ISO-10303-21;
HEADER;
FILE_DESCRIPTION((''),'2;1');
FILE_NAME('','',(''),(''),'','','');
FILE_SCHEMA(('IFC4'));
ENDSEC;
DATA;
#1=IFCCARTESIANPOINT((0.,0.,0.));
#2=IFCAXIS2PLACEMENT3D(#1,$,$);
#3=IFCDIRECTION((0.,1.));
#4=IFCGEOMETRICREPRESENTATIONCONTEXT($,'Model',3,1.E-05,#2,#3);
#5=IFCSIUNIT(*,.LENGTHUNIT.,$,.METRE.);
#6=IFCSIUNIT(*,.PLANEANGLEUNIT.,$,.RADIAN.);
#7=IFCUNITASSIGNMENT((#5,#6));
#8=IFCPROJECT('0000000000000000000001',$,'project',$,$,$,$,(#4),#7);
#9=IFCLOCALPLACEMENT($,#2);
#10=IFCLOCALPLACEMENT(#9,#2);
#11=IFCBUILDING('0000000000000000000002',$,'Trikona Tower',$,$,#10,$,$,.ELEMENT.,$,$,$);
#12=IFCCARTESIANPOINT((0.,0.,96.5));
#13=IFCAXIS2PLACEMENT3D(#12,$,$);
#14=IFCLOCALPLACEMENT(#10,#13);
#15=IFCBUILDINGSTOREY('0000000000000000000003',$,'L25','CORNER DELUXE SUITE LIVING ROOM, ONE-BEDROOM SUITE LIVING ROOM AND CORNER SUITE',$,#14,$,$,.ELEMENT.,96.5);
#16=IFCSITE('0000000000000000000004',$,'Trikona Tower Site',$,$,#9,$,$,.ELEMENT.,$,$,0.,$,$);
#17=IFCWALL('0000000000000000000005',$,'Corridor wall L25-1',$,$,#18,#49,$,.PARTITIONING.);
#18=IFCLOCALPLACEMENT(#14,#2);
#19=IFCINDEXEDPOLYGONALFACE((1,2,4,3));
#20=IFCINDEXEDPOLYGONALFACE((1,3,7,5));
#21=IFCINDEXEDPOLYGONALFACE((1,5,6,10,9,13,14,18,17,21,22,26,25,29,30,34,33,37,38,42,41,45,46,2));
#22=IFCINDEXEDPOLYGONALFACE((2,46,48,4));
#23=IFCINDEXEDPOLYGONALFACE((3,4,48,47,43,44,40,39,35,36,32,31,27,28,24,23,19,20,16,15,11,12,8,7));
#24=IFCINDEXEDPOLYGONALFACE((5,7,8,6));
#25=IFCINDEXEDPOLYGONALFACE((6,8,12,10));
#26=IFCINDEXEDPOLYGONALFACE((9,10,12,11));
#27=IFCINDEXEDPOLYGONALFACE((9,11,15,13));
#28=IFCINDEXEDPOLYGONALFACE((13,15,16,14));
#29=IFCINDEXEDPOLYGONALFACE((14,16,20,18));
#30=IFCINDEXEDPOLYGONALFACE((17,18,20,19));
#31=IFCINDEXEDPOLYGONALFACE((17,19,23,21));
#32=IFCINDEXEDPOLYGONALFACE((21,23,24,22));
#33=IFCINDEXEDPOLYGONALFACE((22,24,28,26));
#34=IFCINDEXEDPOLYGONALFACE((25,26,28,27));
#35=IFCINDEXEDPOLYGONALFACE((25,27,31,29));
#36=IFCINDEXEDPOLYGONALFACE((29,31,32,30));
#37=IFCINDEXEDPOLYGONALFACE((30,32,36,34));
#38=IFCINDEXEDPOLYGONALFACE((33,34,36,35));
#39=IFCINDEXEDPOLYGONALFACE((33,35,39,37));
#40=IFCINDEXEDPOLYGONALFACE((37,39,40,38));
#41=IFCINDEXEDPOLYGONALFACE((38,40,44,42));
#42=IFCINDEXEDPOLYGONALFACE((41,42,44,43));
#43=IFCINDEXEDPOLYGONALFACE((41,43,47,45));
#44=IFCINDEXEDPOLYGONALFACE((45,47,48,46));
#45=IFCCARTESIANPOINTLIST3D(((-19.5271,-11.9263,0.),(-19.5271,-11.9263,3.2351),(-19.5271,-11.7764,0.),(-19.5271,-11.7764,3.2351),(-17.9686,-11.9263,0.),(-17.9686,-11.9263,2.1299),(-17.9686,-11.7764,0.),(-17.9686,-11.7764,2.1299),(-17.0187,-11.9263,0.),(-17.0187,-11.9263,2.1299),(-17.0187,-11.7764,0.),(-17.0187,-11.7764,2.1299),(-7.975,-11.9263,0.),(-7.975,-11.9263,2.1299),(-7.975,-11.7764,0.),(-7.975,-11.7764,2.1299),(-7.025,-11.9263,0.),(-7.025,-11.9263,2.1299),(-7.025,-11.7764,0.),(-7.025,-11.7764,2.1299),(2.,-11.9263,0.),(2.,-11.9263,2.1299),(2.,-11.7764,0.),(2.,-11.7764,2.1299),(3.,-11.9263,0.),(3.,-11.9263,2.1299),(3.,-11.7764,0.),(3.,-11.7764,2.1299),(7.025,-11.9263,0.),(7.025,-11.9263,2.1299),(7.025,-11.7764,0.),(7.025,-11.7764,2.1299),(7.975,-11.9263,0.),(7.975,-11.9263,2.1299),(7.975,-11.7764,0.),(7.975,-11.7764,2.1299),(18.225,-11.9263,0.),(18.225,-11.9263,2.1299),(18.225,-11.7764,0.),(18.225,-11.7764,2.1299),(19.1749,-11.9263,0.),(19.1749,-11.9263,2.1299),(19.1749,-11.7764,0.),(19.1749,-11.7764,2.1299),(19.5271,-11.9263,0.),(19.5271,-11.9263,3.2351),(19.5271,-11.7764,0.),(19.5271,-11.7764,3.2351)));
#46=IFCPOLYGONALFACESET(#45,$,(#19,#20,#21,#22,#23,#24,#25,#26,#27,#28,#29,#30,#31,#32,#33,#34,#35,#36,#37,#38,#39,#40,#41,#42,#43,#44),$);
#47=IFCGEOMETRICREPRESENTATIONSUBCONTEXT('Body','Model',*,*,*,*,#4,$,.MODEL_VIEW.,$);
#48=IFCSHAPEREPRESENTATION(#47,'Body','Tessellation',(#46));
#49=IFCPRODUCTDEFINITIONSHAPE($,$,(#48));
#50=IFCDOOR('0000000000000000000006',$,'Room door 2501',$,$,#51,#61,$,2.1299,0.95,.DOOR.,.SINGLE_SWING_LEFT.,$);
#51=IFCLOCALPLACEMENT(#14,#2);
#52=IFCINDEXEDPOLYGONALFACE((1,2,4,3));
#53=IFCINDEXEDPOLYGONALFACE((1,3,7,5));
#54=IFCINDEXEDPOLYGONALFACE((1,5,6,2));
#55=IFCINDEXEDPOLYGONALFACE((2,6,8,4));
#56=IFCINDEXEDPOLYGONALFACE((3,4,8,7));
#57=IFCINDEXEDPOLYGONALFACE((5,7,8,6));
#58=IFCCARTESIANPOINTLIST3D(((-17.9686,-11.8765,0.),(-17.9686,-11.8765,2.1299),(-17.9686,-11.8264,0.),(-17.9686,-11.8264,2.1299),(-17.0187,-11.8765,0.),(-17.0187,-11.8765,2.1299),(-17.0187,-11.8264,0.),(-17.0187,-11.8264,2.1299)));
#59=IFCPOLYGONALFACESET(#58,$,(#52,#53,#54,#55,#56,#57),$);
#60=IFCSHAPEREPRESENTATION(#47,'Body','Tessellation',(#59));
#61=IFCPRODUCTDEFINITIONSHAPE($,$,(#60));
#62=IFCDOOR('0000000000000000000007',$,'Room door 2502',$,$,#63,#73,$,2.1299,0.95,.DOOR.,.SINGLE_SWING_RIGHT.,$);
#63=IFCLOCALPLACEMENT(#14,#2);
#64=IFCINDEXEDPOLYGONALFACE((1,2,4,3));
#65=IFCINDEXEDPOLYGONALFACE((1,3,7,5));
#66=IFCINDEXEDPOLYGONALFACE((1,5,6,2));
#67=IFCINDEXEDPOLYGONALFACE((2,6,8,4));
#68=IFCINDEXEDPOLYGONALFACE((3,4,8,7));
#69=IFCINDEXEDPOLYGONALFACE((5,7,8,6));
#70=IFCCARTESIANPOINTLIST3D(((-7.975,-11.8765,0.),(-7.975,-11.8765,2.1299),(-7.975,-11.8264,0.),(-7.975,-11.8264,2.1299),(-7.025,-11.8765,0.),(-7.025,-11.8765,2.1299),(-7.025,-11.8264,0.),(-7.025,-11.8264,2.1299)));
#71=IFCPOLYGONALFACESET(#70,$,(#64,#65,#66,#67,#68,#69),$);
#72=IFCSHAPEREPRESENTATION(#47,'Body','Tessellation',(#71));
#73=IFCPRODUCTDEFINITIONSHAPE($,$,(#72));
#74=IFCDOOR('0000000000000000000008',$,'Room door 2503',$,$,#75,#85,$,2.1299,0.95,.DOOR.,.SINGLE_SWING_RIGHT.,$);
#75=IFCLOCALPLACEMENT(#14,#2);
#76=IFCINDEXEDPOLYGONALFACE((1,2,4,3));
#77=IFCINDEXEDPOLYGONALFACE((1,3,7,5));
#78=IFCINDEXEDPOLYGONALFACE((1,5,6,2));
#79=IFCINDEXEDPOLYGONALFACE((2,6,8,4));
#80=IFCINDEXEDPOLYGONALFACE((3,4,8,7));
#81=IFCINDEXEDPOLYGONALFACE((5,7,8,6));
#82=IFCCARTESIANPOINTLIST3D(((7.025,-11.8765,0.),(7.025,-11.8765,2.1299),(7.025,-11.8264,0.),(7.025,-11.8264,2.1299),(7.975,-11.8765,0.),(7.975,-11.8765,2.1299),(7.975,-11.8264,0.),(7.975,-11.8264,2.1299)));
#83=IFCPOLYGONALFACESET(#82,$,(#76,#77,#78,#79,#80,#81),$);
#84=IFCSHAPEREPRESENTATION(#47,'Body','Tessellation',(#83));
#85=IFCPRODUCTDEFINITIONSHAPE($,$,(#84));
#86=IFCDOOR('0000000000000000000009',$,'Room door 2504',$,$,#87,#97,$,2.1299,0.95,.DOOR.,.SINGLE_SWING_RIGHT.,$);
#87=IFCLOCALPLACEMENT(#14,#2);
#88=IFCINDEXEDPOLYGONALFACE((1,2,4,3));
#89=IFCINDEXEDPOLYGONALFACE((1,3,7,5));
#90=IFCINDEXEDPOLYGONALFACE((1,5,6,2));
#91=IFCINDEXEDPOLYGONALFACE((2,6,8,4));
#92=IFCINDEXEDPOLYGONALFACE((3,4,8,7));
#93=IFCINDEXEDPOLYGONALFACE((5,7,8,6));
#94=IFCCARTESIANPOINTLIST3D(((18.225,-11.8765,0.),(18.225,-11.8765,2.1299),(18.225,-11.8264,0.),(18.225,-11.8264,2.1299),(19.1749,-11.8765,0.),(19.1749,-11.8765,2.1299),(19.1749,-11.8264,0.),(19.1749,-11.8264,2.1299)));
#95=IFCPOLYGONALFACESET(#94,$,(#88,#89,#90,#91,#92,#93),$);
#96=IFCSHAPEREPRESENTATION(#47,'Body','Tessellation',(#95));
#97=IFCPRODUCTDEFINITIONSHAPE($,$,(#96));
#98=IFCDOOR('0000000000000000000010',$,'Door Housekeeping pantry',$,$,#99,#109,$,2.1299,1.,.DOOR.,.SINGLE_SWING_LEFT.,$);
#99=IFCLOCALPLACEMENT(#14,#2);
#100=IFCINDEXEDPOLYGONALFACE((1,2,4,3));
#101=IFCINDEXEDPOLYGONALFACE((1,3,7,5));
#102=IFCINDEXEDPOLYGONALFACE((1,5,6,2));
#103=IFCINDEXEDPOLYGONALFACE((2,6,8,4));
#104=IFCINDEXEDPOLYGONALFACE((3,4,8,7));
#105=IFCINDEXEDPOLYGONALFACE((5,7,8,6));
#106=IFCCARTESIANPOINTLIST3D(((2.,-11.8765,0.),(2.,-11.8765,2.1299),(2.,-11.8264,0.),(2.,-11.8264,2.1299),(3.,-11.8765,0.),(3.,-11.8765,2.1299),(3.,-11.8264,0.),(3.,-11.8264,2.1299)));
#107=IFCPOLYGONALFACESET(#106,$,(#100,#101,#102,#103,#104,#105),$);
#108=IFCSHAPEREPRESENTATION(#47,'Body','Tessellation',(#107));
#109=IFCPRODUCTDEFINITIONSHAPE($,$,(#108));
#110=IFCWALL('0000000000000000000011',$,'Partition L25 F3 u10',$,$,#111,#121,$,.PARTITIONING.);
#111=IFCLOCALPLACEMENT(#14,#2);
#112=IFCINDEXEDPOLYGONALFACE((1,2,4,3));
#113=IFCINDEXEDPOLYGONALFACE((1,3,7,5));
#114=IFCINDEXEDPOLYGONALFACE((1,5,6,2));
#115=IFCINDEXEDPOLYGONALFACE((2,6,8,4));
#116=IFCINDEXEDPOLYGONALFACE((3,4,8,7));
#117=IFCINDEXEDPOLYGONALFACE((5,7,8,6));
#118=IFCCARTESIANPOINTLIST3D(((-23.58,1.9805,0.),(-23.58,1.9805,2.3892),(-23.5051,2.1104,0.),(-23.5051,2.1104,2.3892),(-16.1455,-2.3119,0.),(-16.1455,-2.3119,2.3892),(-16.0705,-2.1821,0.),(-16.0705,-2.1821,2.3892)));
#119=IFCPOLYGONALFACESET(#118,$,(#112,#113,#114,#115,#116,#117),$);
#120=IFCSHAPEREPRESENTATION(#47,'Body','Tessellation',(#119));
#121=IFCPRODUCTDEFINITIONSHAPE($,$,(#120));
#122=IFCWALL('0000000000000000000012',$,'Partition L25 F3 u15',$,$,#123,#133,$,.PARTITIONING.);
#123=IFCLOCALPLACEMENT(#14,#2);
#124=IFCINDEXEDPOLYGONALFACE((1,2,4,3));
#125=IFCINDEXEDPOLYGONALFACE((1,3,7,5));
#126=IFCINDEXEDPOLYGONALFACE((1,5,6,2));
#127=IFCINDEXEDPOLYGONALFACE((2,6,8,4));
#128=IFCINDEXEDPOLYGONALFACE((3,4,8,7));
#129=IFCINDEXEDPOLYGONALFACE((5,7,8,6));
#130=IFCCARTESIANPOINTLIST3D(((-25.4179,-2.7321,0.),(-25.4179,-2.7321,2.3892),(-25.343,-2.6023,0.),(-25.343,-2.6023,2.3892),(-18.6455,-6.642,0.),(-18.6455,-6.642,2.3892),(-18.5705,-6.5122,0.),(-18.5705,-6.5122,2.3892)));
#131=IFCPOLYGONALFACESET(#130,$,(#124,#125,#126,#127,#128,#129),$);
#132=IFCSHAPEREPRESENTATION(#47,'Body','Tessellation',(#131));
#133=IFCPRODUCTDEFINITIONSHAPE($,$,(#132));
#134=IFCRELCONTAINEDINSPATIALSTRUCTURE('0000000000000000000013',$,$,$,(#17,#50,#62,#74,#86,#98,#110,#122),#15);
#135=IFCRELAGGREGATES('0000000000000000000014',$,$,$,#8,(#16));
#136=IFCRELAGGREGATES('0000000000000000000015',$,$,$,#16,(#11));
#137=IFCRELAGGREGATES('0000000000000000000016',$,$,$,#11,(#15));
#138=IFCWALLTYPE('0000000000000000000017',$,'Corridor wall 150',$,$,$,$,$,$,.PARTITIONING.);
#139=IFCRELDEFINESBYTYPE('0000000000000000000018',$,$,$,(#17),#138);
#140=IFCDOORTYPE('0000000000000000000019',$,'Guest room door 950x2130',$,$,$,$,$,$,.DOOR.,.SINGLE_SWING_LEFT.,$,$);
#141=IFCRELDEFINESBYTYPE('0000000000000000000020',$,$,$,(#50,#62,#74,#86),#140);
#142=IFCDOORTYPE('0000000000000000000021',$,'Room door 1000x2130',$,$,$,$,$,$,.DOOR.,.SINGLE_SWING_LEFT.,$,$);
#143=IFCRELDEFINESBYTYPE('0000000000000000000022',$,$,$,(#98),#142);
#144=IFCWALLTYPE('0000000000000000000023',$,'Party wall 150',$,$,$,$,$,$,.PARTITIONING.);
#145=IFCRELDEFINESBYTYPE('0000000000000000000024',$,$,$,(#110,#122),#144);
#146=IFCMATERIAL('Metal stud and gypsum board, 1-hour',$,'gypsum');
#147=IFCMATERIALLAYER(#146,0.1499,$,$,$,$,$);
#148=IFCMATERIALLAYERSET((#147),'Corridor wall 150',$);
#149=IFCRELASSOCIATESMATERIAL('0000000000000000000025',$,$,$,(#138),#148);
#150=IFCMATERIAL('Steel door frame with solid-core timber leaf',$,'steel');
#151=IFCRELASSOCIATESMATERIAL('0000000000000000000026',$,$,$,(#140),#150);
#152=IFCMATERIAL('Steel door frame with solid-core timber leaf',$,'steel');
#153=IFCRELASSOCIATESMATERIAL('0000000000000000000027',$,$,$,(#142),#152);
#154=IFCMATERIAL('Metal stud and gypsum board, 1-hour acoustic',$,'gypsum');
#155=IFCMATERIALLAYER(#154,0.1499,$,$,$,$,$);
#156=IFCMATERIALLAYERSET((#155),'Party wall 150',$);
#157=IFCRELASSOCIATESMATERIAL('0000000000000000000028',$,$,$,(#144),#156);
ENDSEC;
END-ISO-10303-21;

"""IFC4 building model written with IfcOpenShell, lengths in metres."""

from ifc_helpers import new_model, si_unit, direction, frame, frame_2d, origin, place, context, subcontext, project, spatial, rectangle, extrude, material, layer, layer_set, type_object, element, fill, save


model = new_model("IFC4")

# Units and contexts
model_context = context("Model", 3, precision=1e-05, world=origin(), true_north=direction((0.0, 1.0)))
body_context = subcontext(model_context, "Body", "Model", "MODEL_VIEW")
ifc_project = project(units=[si_unit("LENGTHUNIT", "METRE"), si_unit("PLANEANGLEUNIT", "RADIAN")], contexts=[model_context])

# Site, building, storey
site_placement = place(None, origin())
site = spatial("IfcSite", under=ifc_project, at=site_placement, Name="Trikona Tower Site", CompositionType="ELEMENT", RefElevation=0.0)
building_placement = place(site_placement, origin())
building = spatial("IfcBuilding", under=site, at=building_placement, Name="Trikona Tower", CompositionType="ELEMENT")
storey_placement = place(building_placement, frame((0.0, 0.0, 96.5)))
storey = spatial("IfcBuildingStorey", under=building, at=storey_placement, Name="L25", Description="CORNER DELUXE SUITE LIVING ROOM, ONE-BEDROOM SUITE LIVING ROOM AND CORNER SUITE", CompositionType="ELEMENT", Elevation=96.5)

# Wall, openings, doors
ifc_material_1 = material(Name="Metal stud and gypsum board, 1-hour", Category="gypsum")
ifc_layer_1 = layer(ifc_material_1, 0.1499)
ifc_layer_set_1 = layer_set([ifc_layer_1], Name="Corridor wall 150")
wall_type_1 = type_object("IfcWallType", Name="Corridor wall 150", PredefinedType="PARTITIONING", material=ifc_layer_set_1)
wall_1_placement = place(storey_placement, frame((-19.5271, -11.8513, 0.0), z_axis=(0.0, 0.0, 1.0), x_axis=(1.0, 0.0, 0.0)))
wall_1 = element("IfcWall", 1, at=wall_1_placement, inside=storey, type_object=wall_type_1, Name="Corridor wall L25-1", PredefinedType="PARTITIONING", context=body_context, shape_type="SweptSolid", body=[
    extrude(rectangle(XDim=39.0542, YDim=0.1499, at=frame_2d((19.5271, 0.0))), origin(), (0.0, 0.0, 1.0), 3.2351),
])
opening_1_placement = place(wall_1_placement, frame((1.5583, 0.0, 0.0)))
opening_1 = element("IfcOpeningElement", 2, at=opening_1_placement, cuts=wall_1, PredefinedType="OPENING", context=body_context, shape_type="SweptSolid", body=[
    extrude(rectangle(XDim=0.95, YDim=2.1299, at=frame_2d((0.4751, 1.0649))), frame((0.0, 0.085, 0.0), z_axis=(0.0, -1.0, 0.0), x_axis=(1.0, 0.0, 0.0)), (0.0, 0.0, 1.0), 0.1699),
])
opening_2_placement = place(wall_1_placement, frame((11.552, 0.0, 0.0)))
opening_2 = element("IfcOpeningElement", 3, at=opening_2_placement, cuts=wall_1, PredefinedType="OPENING", context=body_context, shape_type="SweptSolid", body=[
    extrude(rectangle(XDim=0.95, YDim=2.1299, at=frame_2d((0.4751, 1.0649))), frame((0.0, 0.085, 0.0), z_axis=(0.0, -1.0, 0.0), x_axis=(1.0, 0.0, 0.0)), (0.0, 0.0, 1.0), 0.1699),
])
opening_3_placement = place(wall_1_placement, frame((21.5271, 0.0, 0.0)))
opening_3 = element("IfcOpeningElement", 4, at=opening_3_placement, cuts=wall_1, PredefinedType="OPENING", context=body_context, shape_type="SweptSolid", body=[
    extrude(rectangle(XDim=1.0, YDim=2.1299, at=frame_2d((0.5, 1.0649))), frame((0.0, 0.085, 0.0), z_axis=(0.0, -1.0, 0.0), x_axis=(1.0, 0.0, 0.0)), (0.0, 0.0, 1.0), 0.1699),
])
opening_4_placement = place(wall_1_placement, frame((26.552, 0.0, 0.0)))
opening_4 = element("IfcOpeningElement", 5, at=opening_4_placement, cuts=wall_1, PredefinedType="OPENING", context=body_context, shape_type="SweptSolid", body=[
    extrude(rectangle(XDim=0.95, YDim=2.1299, at=frame_2d((0.4751, 1.0649))), frame((0.0, 0.085, 0.0), z_axis=(0.0, -1.0, 0.0), x_axis=(1.0, 0.0, 0.0)), (0.0, 0.0, 1.0), 0.1699),
])
opening_5_placement = place(wall_1_placement, frame((37.752, 0.0, 0.0)))
opening_5 = element("IfcOpeningElement", 6, at=opening_5_placement, cuts=wall_1, PredefinedType="OPENING", context=body_context, shape_type="SweptSolid", body=[
    extrude(rectangle(XDim=0.95, YDim=2.1299, at=frame_2d((0.4751, 1.0649))), frame((0.0, 0.085, 0.0), z_axis=(0.0, -1.0, 0.0), x_axis=(1.0, 0.0, 0.0)), (0.0, 0.0, 1.0), 0.1699),
])
ifc_material_2 = material(Name="Steel door frame with solid-core timber leaf", Category="steel")
door_type_1 = type_object("IfcDoorType", Name="Guest room door 950x2130", OperationType="SINGLE_SWING_LEFT", PredefinedType="DOOR", material=ifc_material_2)
door_1_placement = place(opening_1_placement, origin())
door_1 = element("IfcDoor", 7, at=door_1_placement, inside=storey, type_object=door_type_1, Name="Room door 2501", OperationType="SINGLE_SWING_LEFT", OverallHeight=2.1299, OverallWidth=0.95, PredefinedType="DOOR", context=body_context, shape_type="SweptSolid", body=[
    extrude(rectangle(XDim=0.95, YDim=2.1299, at=frame_2d((0.4751, 1.0649))), frame((0.0, 0.0249, 0.0), z_axis=(0.0, -1.0, 0.0), x_axis=(1.0, 0.0, 0.0)), (0.0, 0.0, 1.0), 0.05),
])
fill(opening_1, door_1)
door_2_placement = place(opening_2_placement, origin())
door_2 = element("IfcDoor", 8, at=door_2_placement, inside=storey, type_object=door_type_1, Name="Room door 2502", OperationType="SINGLE_SWING_RIGHT", OverallHeight=2.1299, OverallWidth=0.95, PredefinedType="DOOR", context=body_context, shape_type="SweptSolid", body=[
    extrude(rectangle(XDim=0.95, YDim=2.1299, at=frame_2d((0.4751, 1.0649))), frame((0.0, 0.0249, 0.0), z_axis=(0.0, -1.0, 0.0), x_axis=(1.0, 0.0, 0.0)), (0.0, 0.0, 1.0), 0.05),
])
fill(opening_2, door_2)
door_3_placement = place(opening_4_placement, origin())
door_3 = element("IfcDoor", 9, at=door_3_placement, inside=storey, type_object=door_type_1, Name="Room door 2503", OperationType="SINGLE_SWING_RIGHT", OverallHeight=2.1299, OverallWidth=0.95, PredefinedType="DOOR", context=body_context, shape_type="SweptSolid", body=[
    extrude(rectangle(XDim=0.95, YDim=2.1299, at=frame_2d((0.4751, 1.0649))), frame((0.0, 0.0249, 0.0), z_axis=(0.0, -1.0, 0.0), x_axis=(1.0, 0.0, 0.0)), (0.0, 0.0, 1.0), 0.05),
])
fill(opening_4, door_3)
door_4_placement = place(opening_5_placement, origin())
door_4 = element("IfcDoor", 10, at=door_4_placement, inside=storey, type_object=door_type_1, Name="Room door 2504", OperationType="SINGLE_SWING_RIGHT", OverallHeight=2.1299, OverallWidth=0.95, PredefinedType="DOOR", context=body_context, shape_type="SweptSolid", body=[
    extrude(rectangle(XDim=0.95, YDim=2.1299, at=frame_2d((0.4751, 1.0649))), frame((0.0, 0.0249, 0.0), z_axis=(0.0, -1.0, 0.0), x_axis=(1.0, 0.0, 0.0)), (0.0, 0.0, 1.0), 0.05),
])
fill(opening_5, door_4)
ifc_material_3 = material(Name="Steel door frame with solid-core timber leaf", Category="steel")
door_type_2 = type_object("IfcDoorType", Name="Room door 1000x2130", OperationType="SINGLE_SWING_LEFT", PredefinedType="DOOR", material=ifc_material_3)
door_5_placement = place(opening_3_placement, origin())
door_5 = element("IfcDoor", 11, at=door_5_placement, inside=storey, type_object=door_type_2, Name="Door Housekeeping pantry", OperationType="SINGLE_SWING_LEFT", OverallHeight=2.1299, OverallWidth=1.0, PredefinedType="DOOR", context=body_context, shape_type="SweptSolid", body=[
    extrude(rectangle(XDim=1.0, YDim=2.1299, at=frame_2d((0.5, 1.0649))), frame((0.0, 0.0249, 0.0), z_axis=(0.0, -1.0, 0.0), x_axis=(1.0, 0.0, 0.0)), (0.0, 0.0, 1.0), 0.05),
])
fill(opening_3, door_5)

# Walls
ifc_material_4 = material(Name="Metal stud and gypsum board, 1-hour acoustic", Category="gypsum")
ifc_layer_2 = layer(ifc_material_4, 0.1499)
ifc_layer_set_2 = layer_set([ifc_layer_2], Name="Party wall 150")
wall_type_2 = type_object("IfcWallType", Name="Party wall 150", PredefinedType="PARTITIONING", material=ifc_layer_set_2)
wall_2_placement = place(storey_placement, frame((-16.1079, -2.2471, 0.0), z_axis=(0.0, 0.0, 1.0), x_axis=(-0.866019, 0.500011, 0.0)))
element("IfcWall", 12, at=wall_2_placement, inside=storey, type_object=wall_type_2, Name="Partition L25 F3 u10", PredefinedType="PARTITIONING", context=body_context, shape_type="SweptSolid", body=[
    extrude(rectangle(XDim=8.5847, YDim=0.1499, at=frame_2d((4.2925, 0.0))), origin(), (0.0, 0.0, 1.0), 2.3892),
])
wall_3_placement = place(storey_placement, frame((-18.6079, -6.5771, 0.0), z_axis=(0.0, 0.0, 1.0), x_axis=(-0.866035, 0.499984, 0.0)))
element("IfcWall", 13, at=wall_3_placement, inside=storey, type_object=wall_type_2, Name="Partition L25 F3 u15", PredefinedType="PARTITIONING", context=body_context, shape_type="SweptSolid", body=[
    extrude(rectangle(XDim=7.8201, YDim=0.1499, at=frame_2d((3.9102, 0.0))), origin(), (0.0, 0.0, 1.0), 2.3892),
])

save(model, "model.ifc")
